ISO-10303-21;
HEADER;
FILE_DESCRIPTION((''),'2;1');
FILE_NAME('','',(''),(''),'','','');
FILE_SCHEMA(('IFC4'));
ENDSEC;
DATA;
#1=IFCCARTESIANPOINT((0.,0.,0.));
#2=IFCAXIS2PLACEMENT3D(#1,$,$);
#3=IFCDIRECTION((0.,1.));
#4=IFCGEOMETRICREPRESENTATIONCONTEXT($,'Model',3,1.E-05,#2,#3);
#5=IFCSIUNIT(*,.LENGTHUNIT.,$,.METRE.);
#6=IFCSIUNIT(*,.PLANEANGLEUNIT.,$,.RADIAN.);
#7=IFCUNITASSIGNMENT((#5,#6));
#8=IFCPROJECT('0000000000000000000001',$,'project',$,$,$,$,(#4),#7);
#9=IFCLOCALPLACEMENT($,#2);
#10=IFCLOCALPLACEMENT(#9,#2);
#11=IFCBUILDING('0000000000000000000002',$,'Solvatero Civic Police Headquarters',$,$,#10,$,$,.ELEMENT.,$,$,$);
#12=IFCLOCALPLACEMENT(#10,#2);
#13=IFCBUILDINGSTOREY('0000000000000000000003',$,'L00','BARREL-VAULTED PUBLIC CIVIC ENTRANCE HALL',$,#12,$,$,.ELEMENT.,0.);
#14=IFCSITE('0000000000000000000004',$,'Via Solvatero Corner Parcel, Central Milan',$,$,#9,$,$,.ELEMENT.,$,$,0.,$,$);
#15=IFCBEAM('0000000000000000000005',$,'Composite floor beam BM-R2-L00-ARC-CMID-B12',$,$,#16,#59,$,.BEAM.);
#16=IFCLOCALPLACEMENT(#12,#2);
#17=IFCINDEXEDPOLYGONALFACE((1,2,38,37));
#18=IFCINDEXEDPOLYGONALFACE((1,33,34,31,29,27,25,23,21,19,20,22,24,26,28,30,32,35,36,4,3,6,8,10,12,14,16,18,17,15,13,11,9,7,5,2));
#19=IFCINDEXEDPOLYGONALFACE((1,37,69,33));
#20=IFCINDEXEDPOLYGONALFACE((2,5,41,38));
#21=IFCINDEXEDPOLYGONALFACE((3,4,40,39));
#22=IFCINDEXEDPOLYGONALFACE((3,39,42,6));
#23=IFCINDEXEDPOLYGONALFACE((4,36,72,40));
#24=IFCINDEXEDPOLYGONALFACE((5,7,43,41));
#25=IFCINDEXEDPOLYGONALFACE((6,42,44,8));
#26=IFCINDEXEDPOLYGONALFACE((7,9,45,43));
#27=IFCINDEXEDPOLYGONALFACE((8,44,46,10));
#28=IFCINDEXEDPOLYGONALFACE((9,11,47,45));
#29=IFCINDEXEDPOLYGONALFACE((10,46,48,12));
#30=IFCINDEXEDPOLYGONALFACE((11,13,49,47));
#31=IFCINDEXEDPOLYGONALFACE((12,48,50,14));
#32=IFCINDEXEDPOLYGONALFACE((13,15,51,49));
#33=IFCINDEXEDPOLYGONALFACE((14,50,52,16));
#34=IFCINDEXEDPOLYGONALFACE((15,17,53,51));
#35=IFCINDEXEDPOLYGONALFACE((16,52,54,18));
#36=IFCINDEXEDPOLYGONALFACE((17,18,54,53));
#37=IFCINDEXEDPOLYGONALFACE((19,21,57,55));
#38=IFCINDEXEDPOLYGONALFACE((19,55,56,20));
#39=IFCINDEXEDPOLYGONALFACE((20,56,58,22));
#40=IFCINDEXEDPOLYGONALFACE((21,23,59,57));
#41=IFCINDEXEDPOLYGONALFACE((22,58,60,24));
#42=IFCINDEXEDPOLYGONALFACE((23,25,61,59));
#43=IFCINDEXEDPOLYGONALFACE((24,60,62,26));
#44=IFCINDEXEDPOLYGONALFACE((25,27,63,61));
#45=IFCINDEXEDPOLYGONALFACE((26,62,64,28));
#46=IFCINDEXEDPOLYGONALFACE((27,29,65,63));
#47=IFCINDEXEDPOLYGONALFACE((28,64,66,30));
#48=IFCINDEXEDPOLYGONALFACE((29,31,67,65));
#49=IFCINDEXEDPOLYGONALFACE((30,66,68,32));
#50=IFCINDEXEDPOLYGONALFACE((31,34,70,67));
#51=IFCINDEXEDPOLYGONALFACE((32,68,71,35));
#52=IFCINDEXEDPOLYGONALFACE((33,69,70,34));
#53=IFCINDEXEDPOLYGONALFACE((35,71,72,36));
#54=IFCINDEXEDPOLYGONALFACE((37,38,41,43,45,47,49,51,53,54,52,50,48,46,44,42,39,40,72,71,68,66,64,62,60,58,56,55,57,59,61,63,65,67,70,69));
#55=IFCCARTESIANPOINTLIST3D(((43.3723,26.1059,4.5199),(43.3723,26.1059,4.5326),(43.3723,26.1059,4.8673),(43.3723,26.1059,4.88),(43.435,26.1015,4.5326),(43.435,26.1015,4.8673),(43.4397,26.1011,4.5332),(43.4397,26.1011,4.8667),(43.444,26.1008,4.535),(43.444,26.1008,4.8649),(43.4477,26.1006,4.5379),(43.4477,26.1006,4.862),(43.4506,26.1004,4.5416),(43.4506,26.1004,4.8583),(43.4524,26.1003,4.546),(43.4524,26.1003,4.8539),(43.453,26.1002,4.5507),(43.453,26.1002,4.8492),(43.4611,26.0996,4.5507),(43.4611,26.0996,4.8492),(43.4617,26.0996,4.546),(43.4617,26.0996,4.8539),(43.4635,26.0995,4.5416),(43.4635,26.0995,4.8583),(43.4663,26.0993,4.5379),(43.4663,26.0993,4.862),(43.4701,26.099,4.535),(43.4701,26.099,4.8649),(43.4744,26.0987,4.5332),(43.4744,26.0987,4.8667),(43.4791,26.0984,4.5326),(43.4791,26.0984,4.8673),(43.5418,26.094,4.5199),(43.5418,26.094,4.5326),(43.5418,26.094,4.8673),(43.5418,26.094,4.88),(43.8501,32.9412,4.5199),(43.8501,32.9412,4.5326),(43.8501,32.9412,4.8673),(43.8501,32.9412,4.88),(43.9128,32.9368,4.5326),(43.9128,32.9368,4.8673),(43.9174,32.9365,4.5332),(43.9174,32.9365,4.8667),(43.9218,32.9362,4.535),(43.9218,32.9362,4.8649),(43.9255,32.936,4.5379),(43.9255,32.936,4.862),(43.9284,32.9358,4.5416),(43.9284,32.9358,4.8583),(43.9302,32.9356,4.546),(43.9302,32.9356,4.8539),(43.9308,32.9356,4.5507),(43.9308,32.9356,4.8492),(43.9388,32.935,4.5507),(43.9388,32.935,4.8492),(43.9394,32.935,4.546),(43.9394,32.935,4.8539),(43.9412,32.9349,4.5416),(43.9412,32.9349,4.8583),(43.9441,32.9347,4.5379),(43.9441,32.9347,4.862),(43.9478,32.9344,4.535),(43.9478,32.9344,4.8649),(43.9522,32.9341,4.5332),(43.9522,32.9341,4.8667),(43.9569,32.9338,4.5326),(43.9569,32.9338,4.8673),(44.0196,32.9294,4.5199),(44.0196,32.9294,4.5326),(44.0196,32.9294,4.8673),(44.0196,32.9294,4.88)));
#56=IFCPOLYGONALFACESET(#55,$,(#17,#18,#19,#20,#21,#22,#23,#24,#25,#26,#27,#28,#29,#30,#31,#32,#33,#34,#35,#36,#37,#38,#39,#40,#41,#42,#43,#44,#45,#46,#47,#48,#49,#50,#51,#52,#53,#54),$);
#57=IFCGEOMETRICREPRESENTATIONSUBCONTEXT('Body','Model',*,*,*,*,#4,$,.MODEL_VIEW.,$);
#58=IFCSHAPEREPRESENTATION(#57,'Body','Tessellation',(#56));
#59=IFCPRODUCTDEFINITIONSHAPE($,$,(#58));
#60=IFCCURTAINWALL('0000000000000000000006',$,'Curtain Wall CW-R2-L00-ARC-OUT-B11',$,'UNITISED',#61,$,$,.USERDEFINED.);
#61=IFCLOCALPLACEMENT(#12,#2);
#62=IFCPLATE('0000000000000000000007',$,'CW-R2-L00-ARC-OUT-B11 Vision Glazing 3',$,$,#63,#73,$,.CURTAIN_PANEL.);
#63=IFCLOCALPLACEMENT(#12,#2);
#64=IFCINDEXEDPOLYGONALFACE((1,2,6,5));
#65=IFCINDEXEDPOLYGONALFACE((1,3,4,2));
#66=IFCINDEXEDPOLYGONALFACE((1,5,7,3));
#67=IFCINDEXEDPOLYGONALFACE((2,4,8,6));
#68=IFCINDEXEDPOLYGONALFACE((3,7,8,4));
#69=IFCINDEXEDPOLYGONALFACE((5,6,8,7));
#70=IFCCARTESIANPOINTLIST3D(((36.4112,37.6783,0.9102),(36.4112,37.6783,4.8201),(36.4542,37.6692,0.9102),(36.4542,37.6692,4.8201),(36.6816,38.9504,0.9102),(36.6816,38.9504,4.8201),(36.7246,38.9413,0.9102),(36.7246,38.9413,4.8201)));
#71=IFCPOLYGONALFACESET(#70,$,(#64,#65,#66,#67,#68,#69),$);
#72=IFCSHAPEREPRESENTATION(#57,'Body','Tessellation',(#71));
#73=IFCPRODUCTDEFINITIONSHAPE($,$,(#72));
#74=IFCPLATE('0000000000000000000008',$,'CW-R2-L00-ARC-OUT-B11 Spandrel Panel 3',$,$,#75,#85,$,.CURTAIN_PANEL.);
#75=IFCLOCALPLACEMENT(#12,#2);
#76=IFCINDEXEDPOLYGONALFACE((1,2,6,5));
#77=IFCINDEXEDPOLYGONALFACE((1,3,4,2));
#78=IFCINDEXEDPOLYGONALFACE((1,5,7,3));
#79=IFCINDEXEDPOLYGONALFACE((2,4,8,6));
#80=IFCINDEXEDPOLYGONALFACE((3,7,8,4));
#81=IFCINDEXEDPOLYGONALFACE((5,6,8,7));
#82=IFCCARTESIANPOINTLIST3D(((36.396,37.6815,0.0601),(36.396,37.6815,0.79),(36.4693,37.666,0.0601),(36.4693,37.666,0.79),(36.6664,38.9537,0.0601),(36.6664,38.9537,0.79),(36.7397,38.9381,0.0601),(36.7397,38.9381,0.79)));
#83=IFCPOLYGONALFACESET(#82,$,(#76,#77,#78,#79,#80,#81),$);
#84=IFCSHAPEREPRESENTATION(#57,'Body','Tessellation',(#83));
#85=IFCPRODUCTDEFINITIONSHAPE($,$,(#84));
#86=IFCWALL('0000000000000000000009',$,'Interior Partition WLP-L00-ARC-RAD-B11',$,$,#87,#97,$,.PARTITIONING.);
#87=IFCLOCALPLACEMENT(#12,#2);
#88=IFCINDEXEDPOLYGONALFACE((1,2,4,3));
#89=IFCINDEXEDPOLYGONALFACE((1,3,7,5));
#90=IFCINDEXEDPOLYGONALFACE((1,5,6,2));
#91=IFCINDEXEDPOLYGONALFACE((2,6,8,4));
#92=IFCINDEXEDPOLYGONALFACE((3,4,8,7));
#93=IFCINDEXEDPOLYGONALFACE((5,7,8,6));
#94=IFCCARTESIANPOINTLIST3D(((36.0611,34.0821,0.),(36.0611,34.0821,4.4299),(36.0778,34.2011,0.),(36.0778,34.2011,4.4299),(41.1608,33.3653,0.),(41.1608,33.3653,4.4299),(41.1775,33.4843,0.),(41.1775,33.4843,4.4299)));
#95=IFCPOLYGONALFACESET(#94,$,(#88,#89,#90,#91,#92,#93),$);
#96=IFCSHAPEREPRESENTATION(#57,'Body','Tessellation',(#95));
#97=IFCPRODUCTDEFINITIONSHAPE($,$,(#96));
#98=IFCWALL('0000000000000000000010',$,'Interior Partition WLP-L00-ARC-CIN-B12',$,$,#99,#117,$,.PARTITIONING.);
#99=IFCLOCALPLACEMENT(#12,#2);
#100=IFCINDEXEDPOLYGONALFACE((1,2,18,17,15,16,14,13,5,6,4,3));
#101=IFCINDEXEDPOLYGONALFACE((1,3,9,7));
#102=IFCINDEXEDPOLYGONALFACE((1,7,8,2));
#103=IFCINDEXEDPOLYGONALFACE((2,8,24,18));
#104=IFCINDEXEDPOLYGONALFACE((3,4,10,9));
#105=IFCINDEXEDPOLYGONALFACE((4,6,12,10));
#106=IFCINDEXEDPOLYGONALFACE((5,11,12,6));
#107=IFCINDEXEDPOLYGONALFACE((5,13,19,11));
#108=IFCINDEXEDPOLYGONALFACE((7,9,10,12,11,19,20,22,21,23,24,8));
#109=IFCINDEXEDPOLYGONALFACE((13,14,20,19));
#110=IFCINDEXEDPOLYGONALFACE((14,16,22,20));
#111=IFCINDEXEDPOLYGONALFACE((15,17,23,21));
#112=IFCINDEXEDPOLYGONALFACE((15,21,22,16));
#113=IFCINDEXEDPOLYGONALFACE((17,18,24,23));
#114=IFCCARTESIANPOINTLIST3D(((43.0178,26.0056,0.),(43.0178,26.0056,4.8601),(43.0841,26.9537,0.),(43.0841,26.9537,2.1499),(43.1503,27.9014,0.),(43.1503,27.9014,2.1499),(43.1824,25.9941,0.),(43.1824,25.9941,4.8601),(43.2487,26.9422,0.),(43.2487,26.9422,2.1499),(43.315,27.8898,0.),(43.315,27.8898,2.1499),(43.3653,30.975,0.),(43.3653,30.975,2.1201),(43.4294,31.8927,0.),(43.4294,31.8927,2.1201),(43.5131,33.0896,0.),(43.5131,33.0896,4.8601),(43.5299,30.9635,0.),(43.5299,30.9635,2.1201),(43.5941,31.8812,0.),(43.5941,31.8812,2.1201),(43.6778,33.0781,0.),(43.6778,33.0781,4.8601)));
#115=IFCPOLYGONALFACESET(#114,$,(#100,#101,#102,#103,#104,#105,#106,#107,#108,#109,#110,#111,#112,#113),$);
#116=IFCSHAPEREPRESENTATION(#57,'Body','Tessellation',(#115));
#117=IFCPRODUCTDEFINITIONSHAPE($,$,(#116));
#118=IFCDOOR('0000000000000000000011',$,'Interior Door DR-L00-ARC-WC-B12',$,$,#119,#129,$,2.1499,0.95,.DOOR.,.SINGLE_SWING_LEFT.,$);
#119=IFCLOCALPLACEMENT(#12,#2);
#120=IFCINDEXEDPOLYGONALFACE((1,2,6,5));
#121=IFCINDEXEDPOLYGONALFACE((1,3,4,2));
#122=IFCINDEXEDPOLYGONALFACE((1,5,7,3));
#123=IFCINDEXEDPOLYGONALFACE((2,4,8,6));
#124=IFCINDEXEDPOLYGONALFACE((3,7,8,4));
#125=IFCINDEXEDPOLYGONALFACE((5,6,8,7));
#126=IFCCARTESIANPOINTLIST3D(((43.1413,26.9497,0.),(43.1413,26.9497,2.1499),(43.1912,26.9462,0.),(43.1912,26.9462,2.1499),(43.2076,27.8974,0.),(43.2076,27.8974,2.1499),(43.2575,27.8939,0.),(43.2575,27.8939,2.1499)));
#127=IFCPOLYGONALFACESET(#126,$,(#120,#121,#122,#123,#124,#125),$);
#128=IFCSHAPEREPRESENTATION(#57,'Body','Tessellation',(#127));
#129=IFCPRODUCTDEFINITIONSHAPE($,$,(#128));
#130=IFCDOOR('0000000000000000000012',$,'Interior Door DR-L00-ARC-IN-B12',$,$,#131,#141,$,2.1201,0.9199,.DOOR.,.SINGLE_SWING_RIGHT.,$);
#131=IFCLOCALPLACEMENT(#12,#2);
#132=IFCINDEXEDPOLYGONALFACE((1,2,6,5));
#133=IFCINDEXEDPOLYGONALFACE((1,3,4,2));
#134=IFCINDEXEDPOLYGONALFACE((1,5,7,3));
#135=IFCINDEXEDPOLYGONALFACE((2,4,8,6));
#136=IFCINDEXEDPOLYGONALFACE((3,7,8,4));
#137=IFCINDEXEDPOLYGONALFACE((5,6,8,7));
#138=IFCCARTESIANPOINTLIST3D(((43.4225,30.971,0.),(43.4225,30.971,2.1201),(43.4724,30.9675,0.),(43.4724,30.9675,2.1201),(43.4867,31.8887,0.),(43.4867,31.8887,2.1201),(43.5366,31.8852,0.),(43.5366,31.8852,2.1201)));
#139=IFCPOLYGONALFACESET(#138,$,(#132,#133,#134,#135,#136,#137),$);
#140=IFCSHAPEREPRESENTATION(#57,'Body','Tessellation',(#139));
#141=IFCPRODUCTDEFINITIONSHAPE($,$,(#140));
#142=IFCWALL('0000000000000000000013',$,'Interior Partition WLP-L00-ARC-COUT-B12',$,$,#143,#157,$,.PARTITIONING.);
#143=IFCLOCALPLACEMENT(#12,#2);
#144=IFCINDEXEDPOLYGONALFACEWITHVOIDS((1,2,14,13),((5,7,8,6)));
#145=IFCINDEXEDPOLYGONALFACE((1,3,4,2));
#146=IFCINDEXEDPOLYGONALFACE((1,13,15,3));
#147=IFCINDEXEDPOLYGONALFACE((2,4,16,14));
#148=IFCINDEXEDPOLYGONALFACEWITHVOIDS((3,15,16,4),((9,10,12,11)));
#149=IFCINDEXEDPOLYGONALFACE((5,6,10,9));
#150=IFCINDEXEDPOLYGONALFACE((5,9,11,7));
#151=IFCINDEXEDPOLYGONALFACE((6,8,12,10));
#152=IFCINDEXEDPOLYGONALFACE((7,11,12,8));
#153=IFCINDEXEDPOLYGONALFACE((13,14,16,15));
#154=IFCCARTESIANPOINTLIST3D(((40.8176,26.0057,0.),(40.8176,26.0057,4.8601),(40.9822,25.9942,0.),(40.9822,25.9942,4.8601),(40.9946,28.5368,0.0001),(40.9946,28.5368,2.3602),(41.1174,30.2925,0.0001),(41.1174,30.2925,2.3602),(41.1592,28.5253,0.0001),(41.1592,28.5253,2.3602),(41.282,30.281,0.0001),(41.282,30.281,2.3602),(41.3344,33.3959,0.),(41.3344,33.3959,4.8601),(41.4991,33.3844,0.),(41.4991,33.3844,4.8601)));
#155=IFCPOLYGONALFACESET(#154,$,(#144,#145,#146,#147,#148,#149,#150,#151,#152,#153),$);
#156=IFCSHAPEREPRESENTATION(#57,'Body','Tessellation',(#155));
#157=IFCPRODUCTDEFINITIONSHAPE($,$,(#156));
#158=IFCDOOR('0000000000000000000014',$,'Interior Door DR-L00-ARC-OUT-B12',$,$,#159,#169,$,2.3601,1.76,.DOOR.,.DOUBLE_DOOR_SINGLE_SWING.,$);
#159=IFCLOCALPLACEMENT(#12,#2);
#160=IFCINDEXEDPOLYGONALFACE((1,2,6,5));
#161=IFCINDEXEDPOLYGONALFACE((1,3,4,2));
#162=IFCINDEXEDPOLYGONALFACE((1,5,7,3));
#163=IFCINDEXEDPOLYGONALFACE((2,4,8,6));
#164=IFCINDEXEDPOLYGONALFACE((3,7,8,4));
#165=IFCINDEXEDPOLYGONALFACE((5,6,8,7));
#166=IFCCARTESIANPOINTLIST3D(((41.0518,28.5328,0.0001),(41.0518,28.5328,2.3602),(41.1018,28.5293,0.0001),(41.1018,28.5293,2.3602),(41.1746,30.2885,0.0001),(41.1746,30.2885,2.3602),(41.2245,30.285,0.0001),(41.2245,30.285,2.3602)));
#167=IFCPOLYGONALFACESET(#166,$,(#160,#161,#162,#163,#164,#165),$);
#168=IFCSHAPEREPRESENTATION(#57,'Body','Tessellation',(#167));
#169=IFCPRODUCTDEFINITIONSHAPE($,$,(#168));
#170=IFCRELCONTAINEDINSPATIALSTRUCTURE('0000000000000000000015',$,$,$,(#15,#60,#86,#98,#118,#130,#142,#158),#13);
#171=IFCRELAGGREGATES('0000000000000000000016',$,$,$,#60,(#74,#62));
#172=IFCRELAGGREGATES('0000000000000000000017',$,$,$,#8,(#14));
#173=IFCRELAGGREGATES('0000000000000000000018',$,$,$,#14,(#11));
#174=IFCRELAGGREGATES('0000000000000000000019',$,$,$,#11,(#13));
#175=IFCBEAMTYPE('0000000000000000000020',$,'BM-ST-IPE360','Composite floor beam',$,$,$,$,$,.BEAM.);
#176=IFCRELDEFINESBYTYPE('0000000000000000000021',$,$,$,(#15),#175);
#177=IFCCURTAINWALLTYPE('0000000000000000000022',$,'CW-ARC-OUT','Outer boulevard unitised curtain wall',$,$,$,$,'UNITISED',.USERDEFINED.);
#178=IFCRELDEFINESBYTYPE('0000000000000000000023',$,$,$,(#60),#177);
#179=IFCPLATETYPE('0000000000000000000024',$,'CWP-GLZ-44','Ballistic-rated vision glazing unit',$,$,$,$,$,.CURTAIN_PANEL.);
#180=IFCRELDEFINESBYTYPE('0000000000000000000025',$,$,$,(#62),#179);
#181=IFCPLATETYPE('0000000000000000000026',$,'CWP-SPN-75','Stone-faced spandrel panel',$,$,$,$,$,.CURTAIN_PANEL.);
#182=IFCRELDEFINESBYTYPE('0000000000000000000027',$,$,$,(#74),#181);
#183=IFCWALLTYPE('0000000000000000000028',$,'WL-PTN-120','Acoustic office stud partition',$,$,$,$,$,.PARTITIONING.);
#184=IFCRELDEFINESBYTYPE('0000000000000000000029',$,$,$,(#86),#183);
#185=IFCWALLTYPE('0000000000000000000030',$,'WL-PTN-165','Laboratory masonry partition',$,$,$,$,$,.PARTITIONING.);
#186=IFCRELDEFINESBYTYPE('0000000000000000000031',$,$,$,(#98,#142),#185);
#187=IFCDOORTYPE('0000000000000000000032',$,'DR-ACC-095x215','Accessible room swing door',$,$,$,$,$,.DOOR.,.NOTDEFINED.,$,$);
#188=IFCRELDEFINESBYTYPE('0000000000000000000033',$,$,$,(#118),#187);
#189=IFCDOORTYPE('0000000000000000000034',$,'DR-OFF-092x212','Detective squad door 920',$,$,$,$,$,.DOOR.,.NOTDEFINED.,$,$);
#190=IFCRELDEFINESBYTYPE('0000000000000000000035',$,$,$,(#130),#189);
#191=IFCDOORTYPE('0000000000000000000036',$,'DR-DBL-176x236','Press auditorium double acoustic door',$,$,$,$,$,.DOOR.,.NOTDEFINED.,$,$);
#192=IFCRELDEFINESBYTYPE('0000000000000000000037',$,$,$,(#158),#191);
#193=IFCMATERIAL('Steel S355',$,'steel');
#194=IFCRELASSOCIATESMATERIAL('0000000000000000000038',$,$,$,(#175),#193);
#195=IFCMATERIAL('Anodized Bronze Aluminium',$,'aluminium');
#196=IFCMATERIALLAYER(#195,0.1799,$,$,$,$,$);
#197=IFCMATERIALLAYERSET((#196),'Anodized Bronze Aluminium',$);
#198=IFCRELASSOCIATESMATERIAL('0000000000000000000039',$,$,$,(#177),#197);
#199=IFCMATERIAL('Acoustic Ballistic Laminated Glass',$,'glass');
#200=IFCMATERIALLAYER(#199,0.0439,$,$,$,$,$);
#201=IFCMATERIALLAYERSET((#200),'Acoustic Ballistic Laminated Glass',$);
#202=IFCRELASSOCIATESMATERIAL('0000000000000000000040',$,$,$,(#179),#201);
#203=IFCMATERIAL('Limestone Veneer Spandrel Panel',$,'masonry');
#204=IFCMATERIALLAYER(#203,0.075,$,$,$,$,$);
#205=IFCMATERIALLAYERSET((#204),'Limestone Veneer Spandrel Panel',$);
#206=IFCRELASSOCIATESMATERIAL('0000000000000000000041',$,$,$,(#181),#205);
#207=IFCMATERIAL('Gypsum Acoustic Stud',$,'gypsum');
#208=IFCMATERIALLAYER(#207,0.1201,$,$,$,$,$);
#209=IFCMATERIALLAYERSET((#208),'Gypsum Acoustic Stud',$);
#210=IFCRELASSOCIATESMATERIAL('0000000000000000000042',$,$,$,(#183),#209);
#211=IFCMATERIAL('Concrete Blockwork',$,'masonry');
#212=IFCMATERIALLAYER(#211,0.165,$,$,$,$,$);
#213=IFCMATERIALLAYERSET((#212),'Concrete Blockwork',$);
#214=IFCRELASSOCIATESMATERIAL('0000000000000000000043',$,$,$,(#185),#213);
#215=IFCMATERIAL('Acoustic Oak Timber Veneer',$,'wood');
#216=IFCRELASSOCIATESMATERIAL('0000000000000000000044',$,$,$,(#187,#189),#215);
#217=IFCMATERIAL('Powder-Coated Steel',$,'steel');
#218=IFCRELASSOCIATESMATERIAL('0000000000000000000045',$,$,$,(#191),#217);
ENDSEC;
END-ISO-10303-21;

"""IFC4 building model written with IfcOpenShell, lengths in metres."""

from ifc_helpers import new_model, si_unit, direction, frame, frame_2d, origin, origin_2d, place, context, subcontext, project, spatial, rectangle, i_section, extrude, material, layer, layer_set, material_profile, profile_set, type_object, element, fill, aggregate, save


model = new_model("IFC4")

# Units and contexts
model_context = context("Model", 3, precision=1e-05, world=origin(), true_north=direction((0.0, 1.0)))
body_context = subcontext(model_context, "Body", "Model", "MODEL_VIEW")
ifc_project = project(units=[si_unit("LENGTHUNIT", "METRE"), si_unit("PLANEANGLEUNIT", "RADIAN")], contexts=[model_context])

# Site, building, storey
site_placement = place(None, origin())
site = spatial("IfcSite", under=ifc_project, at=site_placement, Name="Via Solvatero Corner Parcel, Central Milan", CompositionType="ELEMENT", RefElevation=0.0)
building_placement = place(site_placement, origin())
building = spatial("IfcBuilding", under=site, at=building_placement, Name="Solvatero Civic Police Headquarters", CompositionType="ELEMENT")
storey_placement = place(building_placement, origin())
storey = spatial("IfcBuildingStorey", under=building, at=storey_placement, Name="L00", Description="BARREL-VAULTED PUBLIC CIVIC ENTRANCE HALL", CompositionType="ELEMENT", Elevation=0.0)

# Beam
ifc_material_1 = material(Name="Steel S355", Category="steel")
ifc_material_profile_1 = material_profile(ifc_material_1, i_section(OverallWidth=0.1699, OverallDepth=0.3601, WebThickness=0.0081, FlangeThickness=0.0127, FilletRadius=0.0181, at=origin_2d()), Name="IPE 360")
ifc_profile_set_1 = profile_set([ifc_material_profile_1], Name="Steel S355")
beam_type_1 = type_object("IfcBeamType", Name="BM-ST-IPE360", Description="Composite floor beam", PredefinedType="BEAM", material=ifc_profile_set_1)
beam_1_placement = place(storey_placement, frame((43.9348, 32.9353, 4.7), z_axis=(-0.069728, -0.997566, 0.0), x_axis=(0.997566, -0.069728, 0.0)))
element("IfcBeam", 1, at=beam_1_placement, inside=storey, type_object=beam_type_1, Name="Composite floor beam BM-R2-L00-ARC-CMID-B12", PredefinedType="BEAM", context=body_context, shape_type="SweptSolid", body=[
    extrude(i_section(OverallWidth=0.1699, OverallDepth=0.3601, WebThickness=0.0081, FlangeThickness=0.0127, FilletRadius=0.0181, at=origin_2d()), origin(), (0.0, 0.0, 1.0), 6.8521),
])

# Curtain wall, plates
ifc_material_2 = material(Name="Anodized Bronze Aluminium", Category="aluminium")
ifc_layer_1 = layer(ifc_material_2, 0.1799)
ifc_layer_set_1 = layer_set([ifc_layer_1], Name="Anodized Bronze Aluminium")
curtain_wall_type = type_object("IfcCurtainWallType", Name="CW-ARC-OUT", Description="Outer boulevard unitised curtain wall", ElementType="UNITISED", PredefinedType="USERDEFINED", material=ifc_layer_set_1)
curtain_wall_placement = place(storey_placement, origin())
curtain_wall = element("IfcCurtainWall", 2, at=curtain_wall_placement, inside=storey, type_object=curtain_wall_type, Name="Curtain Wall CW-R2-L00-ARC-OUT-B11", ObjectType="UNITISED", PredefinedType="USERDEFINED")
ifc_material_3 = material(Name="Acoustic Ballistic Laminated Glass", Category="glass")
ifc_layer_2 = layer(ifc_material_3, 0.0439)
ifc_layer_set_2 = layer_set([ifc_layer_2], Name="Acoustic Ballistic Laminated Glass")
plate_type_1 = type_object("IfcPlateType", Name="CWP-GLZ-44", Description="Ballistic-rated vision glazing unit", PredefinedType="CURTAIN_PANEL", material=ifc_layer_set_2)
plate_1_placement = place(storey_placement, frame((36.5679, 38.3098, 0.9102), z_axis=(0.0, 0.0, 1.0), x_axis=(-0.207912, -0.978148, 0.0)))
plate_1 = element("IfcPlate", 3, at=plate_1_placement, type_object=plate_type_1, Name="CW-R2-L00-ARC-OUT-B11 Vision Glazing 3", PredefinedType="CURTAIN_PANEL", context=body_context, shape_type="SweptSolid", body=[
    extrude(rectangle(XDim=1.3005, YDim=0.0439, at=origin_2d()), origin(), (0.0, 0.0, 1.0), 3.9099),
])
ifc_material_4 = material(Name="Limestone Veneer Spandrel Panel", Category="masonry")
ifc_layer_3 = layer(ifc_material_4, 0.075)
ifc_layer_set_3 = layer_set([ifc_layer_3], Name="Limestone Veneer Spandrel Panel")
plate_type_2 = type_object("IfcPlateType", Name="CWP-SPN-75", Description="Stone-faced spandrel panel", PredefinedType="CURTAIN_PANEL", material=ifc_layer_set_3)
plate_2_placement = place(storey_placement, frame((36.5679, 38.3098, 0.0601), z_axis=(0.0, 0.0, 1.0), x_axis=(-0.207912, -0.978148, 0.0)))
plate_2 = element("IfcPlate", 4, at=plate_2_placement, type_object=plate_type_2, Name="CW-R2-L00-ARC-OUT-B11 Spandrel Panel 3", PredefinedType="CURTAIN_PANEL", context=body_context, shape_type="SweptSolid", body=[
    extrude(rectangle(XDim=1.3005, YDim=0.075, at=origin_2d()), origin(), (0.0, 0.0, 1.0), 0.73),
])
aggregate(curtain_wall, [plate_2, plate_1])

# Wall
ifc_material_5 = material(Name="Gypsum Acoustic Stud", Category="gypsum")
ifc_layer_4 = layer(ifc_material_5, 0.1201)
ifc_layer_set_4 = layer_set([ifc_layer_4], Name="Gypsum Acoustic Stud")
wall_type_1 = type_object("IfcWallType", Name="WL-PTN-120", Description="Acoustic office stud partition", PredefinedType="PARTITIONING", material=ifc_layer_set_4)
wall_1_placement = place(storey_placement, frame((41.1692, 33.4248, 0.0), z_axis=(0.0, 0.0, 1.0), x_axis=(-0.990266, 0.139184, 0.0)))
element("IfcWall", 5, at=wall_1_placement, inside=storey, type_object=wall_type_1, Name="Interior Partition WLP-L00-ARC-RAD-B11", PredefinedType="PARTITIONING", context=body_context, shape_type="SweptSolid", body=[
    extrude(rectangle(XDim=5.1499, YDim=0.1201, at=frame_2d((2.575, 0.0))), origin(), (0.0, 0.0, 1.0), 4.4299),
])

# Wall, openings, doors
ifc_material_6 = material(Name="Concrete Blockwork", Category="masonry")
ifc_layer_5 = layer(ifc_material_6, 0.165)
ifc_layer_set_5 = layer_set([ifc_layer_5], Name="Concrete Blockwork")
wall_type_2 = type_object("IfcWallType", Name="WL-PTN-165", Description="Laboratory masonry partition", PredefinedType="PARTITIONING", material=ifc_layer_set_5)
wall_2_placement = place(storey_placement, frame((43.5955, 33.084, 0.0), z_axis=(0.0, 0.0, 1.0), x_axis=(-0.069757, -0.997564, 0.0)))
wall_2 = element("IfcWall", 6, at=wall_2_placement, inside=storey, type_object=wall_type_2, Name="Interior Partition WLP-L00-ARC-CIN-B12", PredefinedType="PARTITIONING", context=body_context, shape_type="SweptSolid", body=[
    extrude(rectangle(XDim=7.1013, YDim=0.165, at=frame_2d((3.5508, 0.0))), origin(), (0.0, 0.0, 1.0), 4.8601),
])
opening_1_placement = place(wall_2_placement, frame((5.2009, 0.0, 0.0)))
opening_1 = element("IfcOpeningElement", 7, at=opening_1_placement, cuts=wall_2, PredefinedType="OPENING", context=body_context, shape_type="SweptSolid", body=[
    extrude(rectangle(XDim=0.95, YDim=2.1499, at=frame_2d((0.4751, 1.075))), frame((0.0, 0.0925, 0.0), z_axis=(0.0, -1.0, 0.0), x_axis=(1.0, 0.0, 0.0)), (0.0, 0.0, 1.0), 0.1851),
])
opening_2_placement = place(wall_2_placement, frame((1.2, 0.0, 0.0)))
opening_2 = element("IfcOpeningElement", 8, at=opening_2_placement, cuts=wall_2, PredefinedType="OPENING", context=body_context, shape_type="SweptSolid", body=[
    extrude(rectangle(XDim=0.9199, YDim=2.1201, at=frame_2d((0.46, 1.0601))), frame((0.0, 0.0925, 0.0), z_axis=(0.0, -1.0, 0.0), x_axis=(1.0, 0.0, 0.0)), (0.0, 0.0, 1.0), 0.1851),
])
ifc_material_7 = material(Name="Acoustic Oak Timber Veneer", Category="wood")
door_type_1 = type_object("IfcDoorType", Name="DR-ACC-095x215", Description="Accessible room swing door", OperationType="NOTDEFINED", PredefinedType="DOOR", material=ifc_material_7)
door_1_placement = place(opening_1_placement, origin())
door_1 = element("IfcDoor", 9, at=door_1_placement, inside=storey, type_object=door_type_1, Name="Interior Door DR-L00-ARC-WC-B12", OperationType="SINGLE_SWING_LEFT", OverallHeight=2.1499, OverallWidth=0.95, PredefinedType="DOOR", context=body_context, shape_type="SweptSolid", body=[
    extrude(rectangle(XDim=0.95, YDim=2.1499, at=frame_2d((0.4751, 1.075))), frame((0.0, 0.0249, 0.0), z_axis=(0.0, -1.0, 0.0), x_axis=(1.0, 0.0, 0.0)), (0.0, 0.0, 1.0), 0.05),
])
fill(opening_1, door_1)
door_type_2 = type_object("IfcDoorType", Name="DR-OFF-092x212", Description="Detective squad door 920", OperationType="NOTDEFINED", PredefinedType="DOOR", material=ifc_material_7)
door_2_placement = place(opening_2_placement, origin())
door_2 = element("IfcDoor", 10, at=door_2_placement, inside=storey, type_object=door_type_2, Name="Interior Door DR-L00-ARC-IN-B12", OperationType="SINGLE_SWING_RIGHT", OverallHeight=2.1201, OverallWidth=0.9199, PredefinedType="DOOR", context=body_context, shape_type="SweptSolid", body=[
    extrude(rectangle(XDim=0.9199, YDim=2.1201, at=frame_2d((0.46, 1.0601))), frame((0.0, 0.0249, 0.0), z_axis=(0.0, -1.0, 0.0), x_axis=(1.0, 0.0, 0.0)), (0.0, 0.0, 1.0), 0.05),
])
fill(opening_2, door_2)

# Wall, opening, door
wall_3_placement = place(storey_placement, frame((41.4167, 33.3901, 0.0), z_axis=(0.0, 0.0, 1.0), x_axis=(-0.069767, -0.997563, 0.0)))
wall_3 = element("IfcWall", 11, at=wall_3_placement, inside=storey, type_object=wall_type_2, Name="Interior Partition WLP-L00-ARC-COUT-B12", PredefinedType="PARTITIONING", context=body_context, shape_type="SweptSolid", body=[
    extrude(rectangle(XDim=7.4082, YDim=0.165, at=frame_2d((3.7041, 0.0))), origin(), (0.0, 0.0, 1.0), 4.8601),
])
opening_3_placement = place(wall_3_placement, frame((3.1111, 0.0, 0.0)))
opening_3 = element("IfcOpeningElement", 12, at=opening_3_placement, cuts=wall_3, PredefinedType="OPENING", context=body_context, shape_type="SweptSolid", body=[
    extrude(rectangle(XDim=1.76, YDim=2.3601, at=frame_2d((0.8799, 1.1802))), frame((0.0, 0.0925, 0.0), z_axis=(0.0, -1.0, 0.0), x_axis=(1.0, 0.0, 0.0)), (0.0, 0.0, 1.0), 0.1851),
])
ifc_material_8 = material(Name="Powder-Coated Steel", Category="steel")
door_type_3 = type_object("IfcDoorType", Name="DR-DBL-176x236", Description="Press auditorium double acoustic door", OperationType="NOTDEFINED", PredefinedType="DOOR", material=ifc_material_8)
door_3_placement = place(opening_3_placement, origin())
door_3 = element("IfcDoor", 13, at=door_3_placement, inside=storey, type_object=door_type_3, Name="Interior Door DR-L00-ARC-OUT-B12", OperationType="DOUBLE_DOOR_SINGLE_SWING", OverallHeight=2.3601, OverallWidth=1.76, PredefinedType="DOOR", context=body_context, shape_type="SweptSolid", body=[
    extrude(rectangle(XDim=1.76, YDim=2.3601, at=frame_2d((0.8799, 1.1802))), frame((0.0, 0.0249, 0.0), z_axis=(0.0, -1.0, 0.0), x_axis=(1.0, 0.0, 0.0)), (0.0, 0.0, 1.0), 0.05),
])
fill(opening_3, door_3)

save(model, "model.ifc")
